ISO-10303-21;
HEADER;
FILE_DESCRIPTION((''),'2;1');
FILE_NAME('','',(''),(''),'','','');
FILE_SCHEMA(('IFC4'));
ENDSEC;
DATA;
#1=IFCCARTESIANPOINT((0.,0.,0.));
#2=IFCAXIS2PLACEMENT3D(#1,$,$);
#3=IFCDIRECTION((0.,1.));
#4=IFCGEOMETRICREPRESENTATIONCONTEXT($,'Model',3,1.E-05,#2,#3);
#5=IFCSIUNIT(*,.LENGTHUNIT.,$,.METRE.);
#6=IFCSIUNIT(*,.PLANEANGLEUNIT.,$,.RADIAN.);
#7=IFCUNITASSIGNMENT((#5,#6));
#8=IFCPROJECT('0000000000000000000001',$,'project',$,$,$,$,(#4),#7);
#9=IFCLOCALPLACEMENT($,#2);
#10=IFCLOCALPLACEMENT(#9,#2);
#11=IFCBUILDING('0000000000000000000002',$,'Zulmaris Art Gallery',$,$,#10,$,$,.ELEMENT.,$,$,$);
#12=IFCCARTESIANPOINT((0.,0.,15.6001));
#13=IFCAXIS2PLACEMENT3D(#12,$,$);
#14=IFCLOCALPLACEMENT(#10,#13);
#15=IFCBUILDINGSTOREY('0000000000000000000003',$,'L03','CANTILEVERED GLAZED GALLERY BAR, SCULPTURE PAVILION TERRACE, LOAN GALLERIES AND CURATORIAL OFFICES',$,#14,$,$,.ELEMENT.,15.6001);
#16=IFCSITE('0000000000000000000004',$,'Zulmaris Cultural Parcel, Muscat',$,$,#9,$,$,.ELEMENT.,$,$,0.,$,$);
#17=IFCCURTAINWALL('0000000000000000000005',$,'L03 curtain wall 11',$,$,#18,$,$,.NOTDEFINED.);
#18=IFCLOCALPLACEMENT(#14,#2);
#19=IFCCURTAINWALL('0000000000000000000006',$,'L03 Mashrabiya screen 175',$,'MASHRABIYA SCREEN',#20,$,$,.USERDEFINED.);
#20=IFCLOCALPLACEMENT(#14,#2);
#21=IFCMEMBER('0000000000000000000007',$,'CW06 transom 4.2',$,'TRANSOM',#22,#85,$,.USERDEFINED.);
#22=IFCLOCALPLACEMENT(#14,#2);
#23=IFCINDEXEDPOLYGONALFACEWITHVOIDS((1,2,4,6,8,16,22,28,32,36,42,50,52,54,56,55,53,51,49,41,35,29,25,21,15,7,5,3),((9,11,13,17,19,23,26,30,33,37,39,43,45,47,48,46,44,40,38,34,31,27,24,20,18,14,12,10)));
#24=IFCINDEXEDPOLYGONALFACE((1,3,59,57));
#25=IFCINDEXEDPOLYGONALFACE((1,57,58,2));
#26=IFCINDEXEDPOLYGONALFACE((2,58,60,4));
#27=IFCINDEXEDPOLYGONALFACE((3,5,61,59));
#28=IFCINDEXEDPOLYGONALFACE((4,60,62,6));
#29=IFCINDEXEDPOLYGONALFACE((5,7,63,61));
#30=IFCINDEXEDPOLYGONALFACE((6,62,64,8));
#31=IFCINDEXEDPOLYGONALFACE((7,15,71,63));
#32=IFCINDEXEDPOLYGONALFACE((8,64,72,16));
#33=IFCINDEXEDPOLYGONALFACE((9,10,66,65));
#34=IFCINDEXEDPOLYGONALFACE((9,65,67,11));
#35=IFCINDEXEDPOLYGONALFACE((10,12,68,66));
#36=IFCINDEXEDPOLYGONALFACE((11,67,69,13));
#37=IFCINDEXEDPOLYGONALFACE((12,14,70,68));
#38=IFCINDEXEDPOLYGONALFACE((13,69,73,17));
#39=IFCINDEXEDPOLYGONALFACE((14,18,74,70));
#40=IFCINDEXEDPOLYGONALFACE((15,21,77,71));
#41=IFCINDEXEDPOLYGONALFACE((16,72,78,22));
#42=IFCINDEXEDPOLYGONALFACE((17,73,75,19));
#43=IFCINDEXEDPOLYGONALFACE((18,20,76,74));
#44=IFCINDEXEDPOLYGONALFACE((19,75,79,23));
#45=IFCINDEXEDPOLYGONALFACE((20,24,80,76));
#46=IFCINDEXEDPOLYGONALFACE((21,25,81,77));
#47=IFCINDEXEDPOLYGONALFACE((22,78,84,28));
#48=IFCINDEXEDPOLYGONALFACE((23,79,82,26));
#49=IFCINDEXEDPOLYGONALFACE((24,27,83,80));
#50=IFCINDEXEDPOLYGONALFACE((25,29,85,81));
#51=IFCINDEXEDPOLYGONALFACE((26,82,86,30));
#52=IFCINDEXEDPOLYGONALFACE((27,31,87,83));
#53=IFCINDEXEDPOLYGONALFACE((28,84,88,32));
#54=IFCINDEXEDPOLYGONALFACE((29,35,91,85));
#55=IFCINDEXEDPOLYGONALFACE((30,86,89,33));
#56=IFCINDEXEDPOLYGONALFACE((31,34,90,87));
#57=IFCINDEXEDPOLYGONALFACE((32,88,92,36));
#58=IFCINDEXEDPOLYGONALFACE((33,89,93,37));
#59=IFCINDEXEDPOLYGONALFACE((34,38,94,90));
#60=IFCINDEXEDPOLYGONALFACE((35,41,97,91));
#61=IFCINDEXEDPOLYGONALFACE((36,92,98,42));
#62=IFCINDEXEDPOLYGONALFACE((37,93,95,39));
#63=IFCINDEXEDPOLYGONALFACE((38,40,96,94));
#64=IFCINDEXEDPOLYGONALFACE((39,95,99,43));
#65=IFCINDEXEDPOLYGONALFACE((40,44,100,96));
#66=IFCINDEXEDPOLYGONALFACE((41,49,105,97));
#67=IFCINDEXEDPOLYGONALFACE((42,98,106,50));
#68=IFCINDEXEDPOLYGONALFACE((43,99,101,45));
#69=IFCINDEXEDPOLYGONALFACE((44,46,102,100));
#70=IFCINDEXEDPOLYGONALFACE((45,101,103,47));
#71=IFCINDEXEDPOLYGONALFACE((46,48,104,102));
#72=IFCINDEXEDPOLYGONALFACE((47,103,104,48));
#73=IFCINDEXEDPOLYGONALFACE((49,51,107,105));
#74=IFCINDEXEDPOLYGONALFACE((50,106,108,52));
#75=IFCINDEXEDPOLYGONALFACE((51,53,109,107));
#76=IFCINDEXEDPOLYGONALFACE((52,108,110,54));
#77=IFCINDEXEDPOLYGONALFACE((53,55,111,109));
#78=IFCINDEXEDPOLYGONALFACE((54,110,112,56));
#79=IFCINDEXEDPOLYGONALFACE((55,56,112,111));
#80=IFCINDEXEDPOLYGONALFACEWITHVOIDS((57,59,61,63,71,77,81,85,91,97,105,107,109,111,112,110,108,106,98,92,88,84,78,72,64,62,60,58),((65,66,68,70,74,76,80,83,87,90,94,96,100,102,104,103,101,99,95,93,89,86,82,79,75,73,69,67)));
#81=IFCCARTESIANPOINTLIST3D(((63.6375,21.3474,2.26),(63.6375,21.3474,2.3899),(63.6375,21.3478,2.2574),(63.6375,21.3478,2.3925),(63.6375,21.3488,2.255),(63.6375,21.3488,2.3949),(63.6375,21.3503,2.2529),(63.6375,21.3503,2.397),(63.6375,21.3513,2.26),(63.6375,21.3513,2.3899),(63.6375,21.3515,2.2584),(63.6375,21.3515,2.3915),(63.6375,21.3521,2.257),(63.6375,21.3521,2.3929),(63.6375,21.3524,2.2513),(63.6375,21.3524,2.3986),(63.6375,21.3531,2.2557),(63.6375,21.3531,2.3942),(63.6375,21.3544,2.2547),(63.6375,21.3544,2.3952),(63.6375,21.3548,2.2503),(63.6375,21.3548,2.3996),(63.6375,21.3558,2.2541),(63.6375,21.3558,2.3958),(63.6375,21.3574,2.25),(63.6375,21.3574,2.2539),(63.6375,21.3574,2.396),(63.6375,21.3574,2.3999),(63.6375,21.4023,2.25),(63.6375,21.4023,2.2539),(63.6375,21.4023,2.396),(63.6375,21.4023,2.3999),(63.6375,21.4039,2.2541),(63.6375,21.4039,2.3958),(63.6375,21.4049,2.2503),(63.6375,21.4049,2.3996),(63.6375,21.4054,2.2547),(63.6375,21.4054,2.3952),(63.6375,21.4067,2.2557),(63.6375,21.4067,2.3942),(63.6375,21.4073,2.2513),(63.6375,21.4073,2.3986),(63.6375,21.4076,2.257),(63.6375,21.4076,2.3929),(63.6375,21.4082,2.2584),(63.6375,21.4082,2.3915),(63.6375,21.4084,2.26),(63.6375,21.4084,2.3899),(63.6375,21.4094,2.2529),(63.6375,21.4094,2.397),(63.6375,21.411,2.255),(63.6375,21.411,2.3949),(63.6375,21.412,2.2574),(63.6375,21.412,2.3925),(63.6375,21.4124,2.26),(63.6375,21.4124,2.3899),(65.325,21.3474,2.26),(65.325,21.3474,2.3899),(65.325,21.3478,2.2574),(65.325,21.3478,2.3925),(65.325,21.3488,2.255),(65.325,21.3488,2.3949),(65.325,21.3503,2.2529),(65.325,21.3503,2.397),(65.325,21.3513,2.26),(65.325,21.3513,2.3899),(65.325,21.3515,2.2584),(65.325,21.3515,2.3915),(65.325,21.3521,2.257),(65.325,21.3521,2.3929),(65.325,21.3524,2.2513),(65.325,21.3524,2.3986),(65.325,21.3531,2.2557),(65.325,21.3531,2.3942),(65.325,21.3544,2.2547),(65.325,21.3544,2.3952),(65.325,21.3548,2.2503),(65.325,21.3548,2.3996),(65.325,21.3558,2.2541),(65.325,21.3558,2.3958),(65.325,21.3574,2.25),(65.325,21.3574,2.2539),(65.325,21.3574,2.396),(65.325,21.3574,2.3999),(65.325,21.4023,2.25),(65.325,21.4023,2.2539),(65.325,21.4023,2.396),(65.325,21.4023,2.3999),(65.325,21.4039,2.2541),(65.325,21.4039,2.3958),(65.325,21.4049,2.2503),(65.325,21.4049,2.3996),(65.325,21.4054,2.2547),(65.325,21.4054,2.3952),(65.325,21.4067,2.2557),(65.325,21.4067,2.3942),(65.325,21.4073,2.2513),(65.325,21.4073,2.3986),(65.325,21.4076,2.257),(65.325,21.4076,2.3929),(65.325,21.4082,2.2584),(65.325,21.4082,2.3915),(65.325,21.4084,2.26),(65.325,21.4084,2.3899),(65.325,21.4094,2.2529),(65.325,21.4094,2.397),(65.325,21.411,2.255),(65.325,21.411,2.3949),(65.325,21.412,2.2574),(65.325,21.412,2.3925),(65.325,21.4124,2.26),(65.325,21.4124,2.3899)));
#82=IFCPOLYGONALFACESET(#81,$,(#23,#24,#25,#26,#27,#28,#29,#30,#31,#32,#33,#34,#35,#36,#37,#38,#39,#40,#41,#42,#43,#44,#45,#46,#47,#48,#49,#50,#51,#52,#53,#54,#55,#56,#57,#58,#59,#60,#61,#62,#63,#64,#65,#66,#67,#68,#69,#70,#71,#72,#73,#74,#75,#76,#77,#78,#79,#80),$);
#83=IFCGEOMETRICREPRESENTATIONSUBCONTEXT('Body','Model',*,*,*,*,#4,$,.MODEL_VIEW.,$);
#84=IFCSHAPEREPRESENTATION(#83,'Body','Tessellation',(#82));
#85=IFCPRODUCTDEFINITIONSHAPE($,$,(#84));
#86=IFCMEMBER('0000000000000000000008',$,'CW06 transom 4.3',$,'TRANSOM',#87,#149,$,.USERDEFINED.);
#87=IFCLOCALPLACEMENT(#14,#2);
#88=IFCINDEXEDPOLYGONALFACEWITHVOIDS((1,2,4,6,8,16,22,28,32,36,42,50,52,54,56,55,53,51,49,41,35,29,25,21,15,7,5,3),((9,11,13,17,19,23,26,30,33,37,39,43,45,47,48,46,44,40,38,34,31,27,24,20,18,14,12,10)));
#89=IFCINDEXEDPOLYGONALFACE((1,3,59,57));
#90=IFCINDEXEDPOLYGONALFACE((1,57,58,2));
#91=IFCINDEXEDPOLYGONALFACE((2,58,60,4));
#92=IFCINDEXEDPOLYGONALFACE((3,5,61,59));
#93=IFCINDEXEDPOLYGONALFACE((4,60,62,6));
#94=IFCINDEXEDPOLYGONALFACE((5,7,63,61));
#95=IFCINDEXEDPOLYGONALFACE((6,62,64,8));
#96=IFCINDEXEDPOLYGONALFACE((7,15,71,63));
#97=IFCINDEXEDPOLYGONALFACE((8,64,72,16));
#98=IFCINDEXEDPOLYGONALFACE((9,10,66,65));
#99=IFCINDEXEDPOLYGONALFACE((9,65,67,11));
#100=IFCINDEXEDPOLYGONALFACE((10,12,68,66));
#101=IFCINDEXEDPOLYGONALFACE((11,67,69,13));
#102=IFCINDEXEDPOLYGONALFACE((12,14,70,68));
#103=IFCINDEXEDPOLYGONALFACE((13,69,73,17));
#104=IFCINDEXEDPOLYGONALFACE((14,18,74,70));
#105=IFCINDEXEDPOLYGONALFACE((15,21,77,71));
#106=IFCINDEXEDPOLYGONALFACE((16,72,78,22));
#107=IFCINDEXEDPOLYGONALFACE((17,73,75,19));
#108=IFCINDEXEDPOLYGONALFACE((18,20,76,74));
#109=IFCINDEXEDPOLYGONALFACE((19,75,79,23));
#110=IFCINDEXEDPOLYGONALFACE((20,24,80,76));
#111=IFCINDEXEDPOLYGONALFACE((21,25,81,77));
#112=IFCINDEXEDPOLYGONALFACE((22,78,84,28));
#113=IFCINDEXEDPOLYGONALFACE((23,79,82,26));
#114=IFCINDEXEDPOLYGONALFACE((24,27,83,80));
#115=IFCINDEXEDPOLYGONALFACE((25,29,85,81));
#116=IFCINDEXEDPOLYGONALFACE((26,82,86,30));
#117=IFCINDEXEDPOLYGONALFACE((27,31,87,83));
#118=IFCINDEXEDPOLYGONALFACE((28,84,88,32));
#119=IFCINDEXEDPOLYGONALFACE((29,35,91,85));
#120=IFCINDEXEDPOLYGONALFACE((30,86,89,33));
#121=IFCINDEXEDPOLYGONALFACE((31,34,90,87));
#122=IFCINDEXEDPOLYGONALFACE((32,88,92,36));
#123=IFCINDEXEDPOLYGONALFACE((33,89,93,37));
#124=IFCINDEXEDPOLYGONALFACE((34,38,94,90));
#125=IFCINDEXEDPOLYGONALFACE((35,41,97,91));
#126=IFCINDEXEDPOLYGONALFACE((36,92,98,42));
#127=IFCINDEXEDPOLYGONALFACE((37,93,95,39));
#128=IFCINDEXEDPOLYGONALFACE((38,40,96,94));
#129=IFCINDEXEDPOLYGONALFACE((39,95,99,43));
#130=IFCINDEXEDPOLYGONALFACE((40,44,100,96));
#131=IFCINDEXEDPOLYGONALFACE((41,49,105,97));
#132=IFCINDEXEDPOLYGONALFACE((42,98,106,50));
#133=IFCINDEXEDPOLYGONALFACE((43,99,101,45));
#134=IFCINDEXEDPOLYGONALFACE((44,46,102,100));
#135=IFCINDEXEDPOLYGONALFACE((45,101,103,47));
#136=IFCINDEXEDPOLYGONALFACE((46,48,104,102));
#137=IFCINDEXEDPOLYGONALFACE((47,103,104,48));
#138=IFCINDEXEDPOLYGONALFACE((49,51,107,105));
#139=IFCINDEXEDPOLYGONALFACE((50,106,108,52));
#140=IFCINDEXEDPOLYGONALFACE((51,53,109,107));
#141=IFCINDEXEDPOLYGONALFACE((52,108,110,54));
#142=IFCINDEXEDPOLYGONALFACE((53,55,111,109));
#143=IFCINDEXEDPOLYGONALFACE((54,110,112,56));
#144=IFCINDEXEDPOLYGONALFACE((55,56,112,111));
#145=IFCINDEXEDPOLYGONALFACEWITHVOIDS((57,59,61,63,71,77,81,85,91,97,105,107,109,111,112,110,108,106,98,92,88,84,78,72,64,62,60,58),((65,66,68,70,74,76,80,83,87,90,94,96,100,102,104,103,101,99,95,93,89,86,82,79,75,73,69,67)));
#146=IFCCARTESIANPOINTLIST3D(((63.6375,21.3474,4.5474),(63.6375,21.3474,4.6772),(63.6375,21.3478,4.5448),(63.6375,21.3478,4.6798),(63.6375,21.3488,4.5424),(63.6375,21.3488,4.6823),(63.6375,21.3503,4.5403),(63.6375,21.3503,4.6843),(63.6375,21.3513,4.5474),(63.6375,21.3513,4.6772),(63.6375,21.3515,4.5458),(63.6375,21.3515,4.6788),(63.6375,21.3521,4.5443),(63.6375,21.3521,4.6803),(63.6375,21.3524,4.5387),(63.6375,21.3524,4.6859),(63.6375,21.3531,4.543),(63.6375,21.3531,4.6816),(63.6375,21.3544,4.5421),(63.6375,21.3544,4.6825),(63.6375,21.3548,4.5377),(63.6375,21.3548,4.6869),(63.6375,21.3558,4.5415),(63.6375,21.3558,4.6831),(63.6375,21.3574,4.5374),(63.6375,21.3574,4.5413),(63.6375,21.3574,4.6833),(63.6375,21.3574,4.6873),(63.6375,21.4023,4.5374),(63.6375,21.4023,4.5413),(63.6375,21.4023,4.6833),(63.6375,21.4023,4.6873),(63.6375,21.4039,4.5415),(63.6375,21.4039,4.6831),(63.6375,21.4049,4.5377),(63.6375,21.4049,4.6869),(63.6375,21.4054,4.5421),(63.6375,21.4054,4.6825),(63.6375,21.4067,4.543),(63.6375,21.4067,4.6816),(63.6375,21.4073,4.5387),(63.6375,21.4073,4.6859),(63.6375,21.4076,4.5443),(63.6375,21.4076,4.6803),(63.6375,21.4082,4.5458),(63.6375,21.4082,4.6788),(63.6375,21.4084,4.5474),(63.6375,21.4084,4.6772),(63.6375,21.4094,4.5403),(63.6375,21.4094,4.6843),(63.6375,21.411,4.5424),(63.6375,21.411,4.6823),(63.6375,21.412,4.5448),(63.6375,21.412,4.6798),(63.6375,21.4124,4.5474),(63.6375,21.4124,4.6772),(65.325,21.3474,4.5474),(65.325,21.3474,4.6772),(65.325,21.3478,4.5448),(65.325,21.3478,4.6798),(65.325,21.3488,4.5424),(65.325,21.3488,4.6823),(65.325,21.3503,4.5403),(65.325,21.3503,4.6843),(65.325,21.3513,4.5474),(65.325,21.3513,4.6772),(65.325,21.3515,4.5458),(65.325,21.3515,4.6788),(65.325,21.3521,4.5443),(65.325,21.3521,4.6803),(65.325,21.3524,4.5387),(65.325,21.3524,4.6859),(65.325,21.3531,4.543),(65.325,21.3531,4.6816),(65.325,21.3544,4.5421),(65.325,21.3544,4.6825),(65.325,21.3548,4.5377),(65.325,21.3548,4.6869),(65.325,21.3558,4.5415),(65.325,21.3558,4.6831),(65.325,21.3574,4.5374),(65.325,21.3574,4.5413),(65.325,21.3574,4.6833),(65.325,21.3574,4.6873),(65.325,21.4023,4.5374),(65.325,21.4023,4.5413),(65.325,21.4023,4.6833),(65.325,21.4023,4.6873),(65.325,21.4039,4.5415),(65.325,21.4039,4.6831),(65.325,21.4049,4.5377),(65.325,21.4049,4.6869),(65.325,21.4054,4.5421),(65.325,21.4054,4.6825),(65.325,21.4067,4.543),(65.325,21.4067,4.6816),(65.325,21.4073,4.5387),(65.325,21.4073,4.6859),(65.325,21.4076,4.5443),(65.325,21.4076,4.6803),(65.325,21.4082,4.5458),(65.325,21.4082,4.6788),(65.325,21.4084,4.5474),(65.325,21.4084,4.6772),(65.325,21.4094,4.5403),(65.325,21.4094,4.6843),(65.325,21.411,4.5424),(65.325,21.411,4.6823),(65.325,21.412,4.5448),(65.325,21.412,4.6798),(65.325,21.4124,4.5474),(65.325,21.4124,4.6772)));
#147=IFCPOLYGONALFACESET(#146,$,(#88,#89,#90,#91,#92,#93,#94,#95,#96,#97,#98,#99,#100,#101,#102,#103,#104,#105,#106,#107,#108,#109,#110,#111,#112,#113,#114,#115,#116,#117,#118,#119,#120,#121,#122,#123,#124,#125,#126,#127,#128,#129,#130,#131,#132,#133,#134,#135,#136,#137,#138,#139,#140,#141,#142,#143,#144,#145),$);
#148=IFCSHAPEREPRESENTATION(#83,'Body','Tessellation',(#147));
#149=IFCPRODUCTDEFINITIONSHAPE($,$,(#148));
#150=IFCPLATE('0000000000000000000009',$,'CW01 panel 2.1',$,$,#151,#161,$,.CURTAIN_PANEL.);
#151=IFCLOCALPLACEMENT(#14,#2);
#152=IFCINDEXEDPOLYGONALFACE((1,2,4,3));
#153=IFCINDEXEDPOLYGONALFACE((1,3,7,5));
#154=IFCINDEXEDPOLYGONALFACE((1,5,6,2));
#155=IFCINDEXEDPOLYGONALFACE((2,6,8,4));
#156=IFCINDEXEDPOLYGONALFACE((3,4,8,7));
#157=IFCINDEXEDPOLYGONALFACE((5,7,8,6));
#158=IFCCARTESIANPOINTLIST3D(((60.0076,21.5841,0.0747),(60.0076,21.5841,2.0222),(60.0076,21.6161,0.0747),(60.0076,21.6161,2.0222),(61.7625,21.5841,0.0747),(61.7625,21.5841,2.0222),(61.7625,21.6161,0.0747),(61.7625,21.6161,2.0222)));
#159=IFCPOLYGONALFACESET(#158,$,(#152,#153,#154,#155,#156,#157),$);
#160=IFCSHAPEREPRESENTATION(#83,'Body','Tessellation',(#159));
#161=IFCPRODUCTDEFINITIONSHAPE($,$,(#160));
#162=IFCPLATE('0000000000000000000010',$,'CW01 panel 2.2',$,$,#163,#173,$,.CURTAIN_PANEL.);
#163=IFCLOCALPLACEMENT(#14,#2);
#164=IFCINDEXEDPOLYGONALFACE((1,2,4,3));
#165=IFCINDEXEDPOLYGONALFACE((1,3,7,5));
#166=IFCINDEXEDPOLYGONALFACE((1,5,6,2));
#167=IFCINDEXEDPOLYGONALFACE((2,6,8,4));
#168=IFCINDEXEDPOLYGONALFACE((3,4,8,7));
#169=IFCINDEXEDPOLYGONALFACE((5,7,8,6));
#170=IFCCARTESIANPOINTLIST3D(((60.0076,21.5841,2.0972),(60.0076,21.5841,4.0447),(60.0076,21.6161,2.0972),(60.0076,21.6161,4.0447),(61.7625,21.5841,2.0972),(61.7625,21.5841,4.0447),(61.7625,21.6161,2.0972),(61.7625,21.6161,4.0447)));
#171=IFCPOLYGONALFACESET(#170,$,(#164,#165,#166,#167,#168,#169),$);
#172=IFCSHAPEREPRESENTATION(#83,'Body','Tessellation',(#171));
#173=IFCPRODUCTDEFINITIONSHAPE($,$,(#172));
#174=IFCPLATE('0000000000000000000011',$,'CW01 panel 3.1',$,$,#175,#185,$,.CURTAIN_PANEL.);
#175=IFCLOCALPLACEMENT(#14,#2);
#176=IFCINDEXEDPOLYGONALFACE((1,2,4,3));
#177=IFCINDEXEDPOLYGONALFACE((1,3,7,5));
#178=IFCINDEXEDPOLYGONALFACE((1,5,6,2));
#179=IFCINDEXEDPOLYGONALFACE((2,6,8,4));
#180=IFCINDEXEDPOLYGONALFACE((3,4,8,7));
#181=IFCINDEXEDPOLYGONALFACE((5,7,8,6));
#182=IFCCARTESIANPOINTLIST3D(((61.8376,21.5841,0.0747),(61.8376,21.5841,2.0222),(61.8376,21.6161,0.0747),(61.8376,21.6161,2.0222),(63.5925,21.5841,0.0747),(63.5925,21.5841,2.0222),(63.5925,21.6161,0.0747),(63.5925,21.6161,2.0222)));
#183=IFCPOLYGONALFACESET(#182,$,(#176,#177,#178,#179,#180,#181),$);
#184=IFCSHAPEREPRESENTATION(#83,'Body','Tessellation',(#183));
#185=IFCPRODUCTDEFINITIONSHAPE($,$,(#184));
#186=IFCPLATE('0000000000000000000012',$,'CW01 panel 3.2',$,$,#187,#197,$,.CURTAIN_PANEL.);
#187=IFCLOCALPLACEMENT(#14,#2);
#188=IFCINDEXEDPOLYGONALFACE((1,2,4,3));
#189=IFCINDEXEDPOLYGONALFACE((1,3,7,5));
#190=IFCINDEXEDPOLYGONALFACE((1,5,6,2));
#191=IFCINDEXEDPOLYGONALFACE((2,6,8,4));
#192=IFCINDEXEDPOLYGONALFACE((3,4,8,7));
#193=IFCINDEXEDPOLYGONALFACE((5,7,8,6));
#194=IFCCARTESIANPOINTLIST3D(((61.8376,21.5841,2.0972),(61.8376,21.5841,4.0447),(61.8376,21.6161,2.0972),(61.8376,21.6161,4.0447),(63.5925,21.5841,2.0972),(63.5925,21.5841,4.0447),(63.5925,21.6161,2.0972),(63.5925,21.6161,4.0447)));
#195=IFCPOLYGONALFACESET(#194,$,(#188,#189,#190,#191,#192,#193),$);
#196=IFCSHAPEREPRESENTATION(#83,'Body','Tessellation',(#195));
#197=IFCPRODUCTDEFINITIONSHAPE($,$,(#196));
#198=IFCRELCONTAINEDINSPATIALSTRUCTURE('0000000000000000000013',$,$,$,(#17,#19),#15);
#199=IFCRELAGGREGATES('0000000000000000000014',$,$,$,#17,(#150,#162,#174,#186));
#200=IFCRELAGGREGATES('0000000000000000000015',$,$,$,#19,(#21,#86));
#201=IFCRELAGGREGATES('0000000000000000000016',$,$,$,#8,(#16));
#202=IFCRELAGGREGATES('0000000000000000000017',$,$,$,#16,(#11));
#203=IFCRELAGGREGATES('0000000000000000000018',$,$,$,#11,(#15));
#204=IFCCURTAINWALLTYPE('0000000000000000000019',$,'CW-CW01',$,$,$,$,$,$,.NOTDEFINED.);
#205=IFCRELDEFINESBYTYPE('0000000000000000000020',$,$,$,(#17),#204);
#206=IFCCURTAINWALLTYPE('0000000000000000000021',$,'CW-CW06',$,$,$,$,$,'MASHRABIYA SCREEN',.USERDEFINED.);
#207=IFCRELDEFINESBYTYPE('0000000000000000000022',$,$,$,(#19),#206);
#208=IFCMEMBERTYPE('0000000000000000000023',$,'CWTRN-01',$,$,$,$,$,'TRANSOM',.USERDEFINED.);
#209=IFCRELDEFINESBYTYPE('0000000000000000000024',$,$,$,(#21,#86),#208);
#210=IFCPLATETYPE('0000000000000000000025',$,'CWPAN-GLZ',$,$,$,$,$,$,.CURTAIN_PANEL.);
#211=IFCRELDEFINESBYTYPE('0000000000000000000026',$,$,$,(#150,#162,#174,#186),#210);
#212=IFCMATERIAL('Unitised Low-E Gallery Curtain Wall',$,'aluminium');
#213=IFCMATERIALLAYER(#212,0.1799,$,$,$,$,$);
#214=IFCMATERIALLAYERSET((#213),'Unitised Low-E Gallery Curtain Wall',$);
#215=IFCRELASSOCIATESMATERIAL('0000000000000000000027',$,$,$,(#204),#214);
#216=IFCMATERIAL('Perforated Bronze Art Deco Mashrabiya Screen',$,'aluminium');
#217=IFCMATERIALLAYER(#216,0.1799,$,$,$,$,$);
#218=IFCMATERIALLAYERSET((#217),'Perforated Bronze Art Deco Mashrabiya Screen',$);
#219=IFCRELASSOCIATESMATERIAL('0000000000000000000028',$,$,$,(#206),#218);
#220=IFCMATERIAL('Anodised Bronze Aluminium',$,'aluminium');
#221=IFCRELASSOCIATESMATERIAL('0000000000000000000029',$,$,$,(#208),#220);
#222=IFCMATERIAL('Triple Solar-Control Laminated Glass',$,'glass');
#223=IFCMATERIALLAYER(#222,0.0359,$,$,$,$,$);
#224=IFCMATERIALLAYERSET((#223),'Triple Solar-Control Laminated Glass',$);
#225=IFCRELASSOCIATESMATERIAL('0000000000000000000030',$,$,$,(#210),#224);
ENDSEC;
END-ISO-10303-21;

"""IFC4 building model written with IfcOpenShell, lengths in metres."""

from ifc_helpers import new_model, si_unit, direction, frame, origin, origin_2d, place, context, subcontext, project, spatial, rectangle, hollow_rectangle, extrude, material, layer, layer_set, material_profile, profile_set, type_object, element, aggregate, save


model = new_model("IFC4")

# Units and contexts
model_context = context("Model", 3, precision=1e-05, world=origin(), true_north=direction((0.0, 1.0)))
body_context = subcontext(model_context, "Body", "Model", "MODEL_VIEW")
ifc_project = project(units=[si_unit("LENGTHUNIT", "METRE"), si_unit("PLANEANGLEUNIT", "RADIAN")], contexts=[model_context])

# Site, building, storey
site_placement = place(None, origin())
site = spatial("IfcSite", under=ifc_project, at=site_placement, Name="Zulmaris Cultural Parcel, Muscat", CompositionType="ELEMENT", RefElevation=0.0)
building_placement = place(site_placement, origin())
building = spatial("IfcBuilding", under=site, at=building_placement, Name="Zulmaris Art Gallery", CompositionType="ELEMENT")
storey_placement = place(building_placement, frame((0.0, 0.0, 15.6001)))
storey = spatial("IfcBuildingStorey", under=building, at=storey_placement, Name="L03", Description="CANTILEVERED GLAZED GALLERY BAR, SCULPTURE PAVILION TERRACE, LOAN GALLERIES AND CURATORIAL OFFICES", CompositionType="ELEMENT", Elevation=15.6001)

# Curtain walls
ifc_material_1 = material(Name="Unitised Low-E Gallery Curtain Wall", Category="aluminium")
ifc_layer_1 = layer(ifc_material_1, 0.1799)
ifc_layer_set_1 = layer_set([ifc_layer_1], Name="Unitised Low-E Gallery Curtain Wall")
curtain_wall_type_1 = type_object("IfcCurtainWallType", Name="CW-CW01", PredefinedType="NOTDEFINED", material=ifc_layer_set_1)
curtain_wall_1_placement = place(storey_placement, origin())
curtain_wall_1 = element("IfcCurtainWall", 1, at=curtain_wall_1_placement, inside=storey, type_object=curtain_wall_type_1, Name="L03 curtain wall 11", PredefinedType="NOTDEFINED")
ifc_material_2 = material(Name="Anodised Bronze Aluminium", Category="aluminium")
ifc_material_3 = material(Name="Perforated Bronze Art Deco Mashrabiya Screen", Category="aluminium")
ifc_layer_2 = layer(ifc_material_3, 0.1799)
ifc_layer_set_2 = layer_set([ifc_layer_2], Name="Perforated Bronze Art Deco Mashrabiya Screen")
curtain_wall_type_2 = type_object("IfcCurtainWallType", Name="CW-CW06", ElementType="MASHRABIYA SCREEN", PredefinedType="USERDEFINED", material=ifc_layer_set_2)
curtain_wall_2_placement = place(storey_placement, origin())
curtain_wall_2 = element("IfcCurtainWall", 2, at=curtain_wall_2_placement, inside=storey, type_object=curtain_wall_type_2, Name="L03 Mashrabiya screen 175", ObjectType="MASHRABIYA SCREEN", PredefinedType="USERDEFINED")

# Members
ifc_material_profile_1 = material_profile(ifc_material_2, hollow_rectangle(XDim=0.0649, YDim=0.1499, WallThickness=0.0039, InnerFilletRadius=0.0061, OuterFilletRadius=0.01, at=origin_2d()), Name="ALU 65x150x4")
ifc_profile_set_1 = profile_set([ifc_material_profile_1], Name="Anodised Bronze Aluminium")
member_type_1 = type_object("IfcMemberType", Name="CWTRN-01", ElementType="TRANSOM", PredefinedType="USERDEFINED", material=ifc_profile_set_1)
member_1_placement = place(storey_placement, frame((63.6375, 21.3799, 2.325), z_axis=(1.0, 0.0, 0.0), x_axis=(0.0, 1.0, 0.0)))
member_1 = element("IfcMember", 3, at=member_1_placement, type_object=member_type_1, Name="CW06 transom 4.2", ObjectType="TRANSOM", PredefinedType="USERDEFINED", context=body_context, shape_type="SweptSolid", body=[
    extrude(hollow_rectangle(XDim=0.0649, YDim=0.1499, WallThickness=0.0039, InnerFilletRadius=0.0061, OuterFilletRadius=0.01, at=origin_2d()), origin(), (0.0, 0.0, 1.0), 1.6875),
])
member_2_placement = place(storey_placement, frame((63.6375, 21.3799, 4.6123), z_axis=(1.0, 0.0, 0.0), x_axis=(0.0, 1.0, 0.0)))
member_2 = element("IfcMember", 4, at=member_2_placement, type_object=member_type_1, Name="CW06 transom 4.3", ObjectType="TRANSOM", PredefinedType="USERDEFINED", context=body_context, shape_type="SweptSolid", body=[
    extrude(hollow_rectangle(XDim=0.0649, YDim=0.1499, WallThickness=0.0039, InnerFilletRadius=0.0061, OuterFilletRadius=0.01, at=origin_2d()), origin(), (0.0, 0.0, 1.0), 1.6875),
])

# Plates
ifc_material_4 = material(Name="Triple Solar-Control Laminated Glass", Category="glass")
ifc_layer_3 = layer(ifc_material_4, 0.0359)
ifc_layer_set_3 = layer_set([ifc_layer_3], Name="Triple Solar-Control Laminated Glass")
plate_type_1 = type_object("IfcPlateType", Name="CWPAN-GLZ", PredefinedType="CURTAIN_PANEL", material=ifc_layer_set_3)
plate_1_placement = place(storey_placement, frame((60.885, 21.6001, 0.0747), z_axis=(0.0, 0.0, 1.0), x_axis=(1.0, 0.0, 0.0)))
plate_1 = element("IfcPlate", 5, at=plate_1_placement, type_object=plate_type_1, Name="CW01 panel 2.1", PredefinedType="CURTAIN_PANEL", context=body_context, shape_type="SweptSolid", body=[
    extrude(rectangle(XDim=1.7549, YDim=0.032, at=origin_2d()), origin(), (0.0, 0.0, 1.0), 1.9475),
])
plate_2_placement = place(storey_placement, frame((60.885, 21.6001, 2.0972), z_axis=(0.0, 0.0, 1.0), x_axis=(1.0, 0.0, 0.0)))
plate_2 = element("IfcPlate", 6, at=plate_2_placement, type_object=plate_type_1, Name="CW01 panel 2.2", PredefinedType="CURTAIN_PANEL", context=body_context, shape_type="SweptSolid", body=[
    extrude(rectangle(XDim=1.7549, YDim=0.032, at=origin_2d()), origin(), (0.0, 0.0, 1.0), 1.9475),
])
plate_3_placement = place(storey_placement, frame((62.7151, 21.6001, 0.0747), z_axis=(0.0, 0.0, 1.0), x_axis=(1.0, 0.0, 0.0)))
plate_3 = element("IfcPlate", 7, at=plate_3_placement, type_object=plate_type_1, Name="CW01 panel 3.1", PredefinedType="CURTAIN_PANEL", context=body_context, shape_type="SweptSolid", body=[
    extrude(rectangle(XDim=1.7549, YDim=0.032, at=origin_2d()), origin(), (0.0, 0.0, 1.0), 1.9475),
])
plate_4_placement = place(storey_placement, frame((62.7151, 21.6001, 2.0972), z_axis=(0.0, 0.0, 1.0), x_axis=(1.0, 0.0, 0.0)))
plate_4 = element("IfcPlate", 8, at=plate_4_placement, type_object=plate_type_1, Name="CW01 panel 3.2", PredefinedType="CURTAIN_PANEL", context=body_context, shape_type="SweptSolid", body=[
    extrude(rectangle(XDim=1.7549, YDim=0.032, at=origin_2d()), origin(), (0.0, 0.0, 1.0), 1.9475),
])
aggregate(curtain_wall_1, [plate_1, plate_2, plate_3, plate_4])
aggregate(curtain_wall_2, [member_1, member_2])

save(model, "model.ifc")
